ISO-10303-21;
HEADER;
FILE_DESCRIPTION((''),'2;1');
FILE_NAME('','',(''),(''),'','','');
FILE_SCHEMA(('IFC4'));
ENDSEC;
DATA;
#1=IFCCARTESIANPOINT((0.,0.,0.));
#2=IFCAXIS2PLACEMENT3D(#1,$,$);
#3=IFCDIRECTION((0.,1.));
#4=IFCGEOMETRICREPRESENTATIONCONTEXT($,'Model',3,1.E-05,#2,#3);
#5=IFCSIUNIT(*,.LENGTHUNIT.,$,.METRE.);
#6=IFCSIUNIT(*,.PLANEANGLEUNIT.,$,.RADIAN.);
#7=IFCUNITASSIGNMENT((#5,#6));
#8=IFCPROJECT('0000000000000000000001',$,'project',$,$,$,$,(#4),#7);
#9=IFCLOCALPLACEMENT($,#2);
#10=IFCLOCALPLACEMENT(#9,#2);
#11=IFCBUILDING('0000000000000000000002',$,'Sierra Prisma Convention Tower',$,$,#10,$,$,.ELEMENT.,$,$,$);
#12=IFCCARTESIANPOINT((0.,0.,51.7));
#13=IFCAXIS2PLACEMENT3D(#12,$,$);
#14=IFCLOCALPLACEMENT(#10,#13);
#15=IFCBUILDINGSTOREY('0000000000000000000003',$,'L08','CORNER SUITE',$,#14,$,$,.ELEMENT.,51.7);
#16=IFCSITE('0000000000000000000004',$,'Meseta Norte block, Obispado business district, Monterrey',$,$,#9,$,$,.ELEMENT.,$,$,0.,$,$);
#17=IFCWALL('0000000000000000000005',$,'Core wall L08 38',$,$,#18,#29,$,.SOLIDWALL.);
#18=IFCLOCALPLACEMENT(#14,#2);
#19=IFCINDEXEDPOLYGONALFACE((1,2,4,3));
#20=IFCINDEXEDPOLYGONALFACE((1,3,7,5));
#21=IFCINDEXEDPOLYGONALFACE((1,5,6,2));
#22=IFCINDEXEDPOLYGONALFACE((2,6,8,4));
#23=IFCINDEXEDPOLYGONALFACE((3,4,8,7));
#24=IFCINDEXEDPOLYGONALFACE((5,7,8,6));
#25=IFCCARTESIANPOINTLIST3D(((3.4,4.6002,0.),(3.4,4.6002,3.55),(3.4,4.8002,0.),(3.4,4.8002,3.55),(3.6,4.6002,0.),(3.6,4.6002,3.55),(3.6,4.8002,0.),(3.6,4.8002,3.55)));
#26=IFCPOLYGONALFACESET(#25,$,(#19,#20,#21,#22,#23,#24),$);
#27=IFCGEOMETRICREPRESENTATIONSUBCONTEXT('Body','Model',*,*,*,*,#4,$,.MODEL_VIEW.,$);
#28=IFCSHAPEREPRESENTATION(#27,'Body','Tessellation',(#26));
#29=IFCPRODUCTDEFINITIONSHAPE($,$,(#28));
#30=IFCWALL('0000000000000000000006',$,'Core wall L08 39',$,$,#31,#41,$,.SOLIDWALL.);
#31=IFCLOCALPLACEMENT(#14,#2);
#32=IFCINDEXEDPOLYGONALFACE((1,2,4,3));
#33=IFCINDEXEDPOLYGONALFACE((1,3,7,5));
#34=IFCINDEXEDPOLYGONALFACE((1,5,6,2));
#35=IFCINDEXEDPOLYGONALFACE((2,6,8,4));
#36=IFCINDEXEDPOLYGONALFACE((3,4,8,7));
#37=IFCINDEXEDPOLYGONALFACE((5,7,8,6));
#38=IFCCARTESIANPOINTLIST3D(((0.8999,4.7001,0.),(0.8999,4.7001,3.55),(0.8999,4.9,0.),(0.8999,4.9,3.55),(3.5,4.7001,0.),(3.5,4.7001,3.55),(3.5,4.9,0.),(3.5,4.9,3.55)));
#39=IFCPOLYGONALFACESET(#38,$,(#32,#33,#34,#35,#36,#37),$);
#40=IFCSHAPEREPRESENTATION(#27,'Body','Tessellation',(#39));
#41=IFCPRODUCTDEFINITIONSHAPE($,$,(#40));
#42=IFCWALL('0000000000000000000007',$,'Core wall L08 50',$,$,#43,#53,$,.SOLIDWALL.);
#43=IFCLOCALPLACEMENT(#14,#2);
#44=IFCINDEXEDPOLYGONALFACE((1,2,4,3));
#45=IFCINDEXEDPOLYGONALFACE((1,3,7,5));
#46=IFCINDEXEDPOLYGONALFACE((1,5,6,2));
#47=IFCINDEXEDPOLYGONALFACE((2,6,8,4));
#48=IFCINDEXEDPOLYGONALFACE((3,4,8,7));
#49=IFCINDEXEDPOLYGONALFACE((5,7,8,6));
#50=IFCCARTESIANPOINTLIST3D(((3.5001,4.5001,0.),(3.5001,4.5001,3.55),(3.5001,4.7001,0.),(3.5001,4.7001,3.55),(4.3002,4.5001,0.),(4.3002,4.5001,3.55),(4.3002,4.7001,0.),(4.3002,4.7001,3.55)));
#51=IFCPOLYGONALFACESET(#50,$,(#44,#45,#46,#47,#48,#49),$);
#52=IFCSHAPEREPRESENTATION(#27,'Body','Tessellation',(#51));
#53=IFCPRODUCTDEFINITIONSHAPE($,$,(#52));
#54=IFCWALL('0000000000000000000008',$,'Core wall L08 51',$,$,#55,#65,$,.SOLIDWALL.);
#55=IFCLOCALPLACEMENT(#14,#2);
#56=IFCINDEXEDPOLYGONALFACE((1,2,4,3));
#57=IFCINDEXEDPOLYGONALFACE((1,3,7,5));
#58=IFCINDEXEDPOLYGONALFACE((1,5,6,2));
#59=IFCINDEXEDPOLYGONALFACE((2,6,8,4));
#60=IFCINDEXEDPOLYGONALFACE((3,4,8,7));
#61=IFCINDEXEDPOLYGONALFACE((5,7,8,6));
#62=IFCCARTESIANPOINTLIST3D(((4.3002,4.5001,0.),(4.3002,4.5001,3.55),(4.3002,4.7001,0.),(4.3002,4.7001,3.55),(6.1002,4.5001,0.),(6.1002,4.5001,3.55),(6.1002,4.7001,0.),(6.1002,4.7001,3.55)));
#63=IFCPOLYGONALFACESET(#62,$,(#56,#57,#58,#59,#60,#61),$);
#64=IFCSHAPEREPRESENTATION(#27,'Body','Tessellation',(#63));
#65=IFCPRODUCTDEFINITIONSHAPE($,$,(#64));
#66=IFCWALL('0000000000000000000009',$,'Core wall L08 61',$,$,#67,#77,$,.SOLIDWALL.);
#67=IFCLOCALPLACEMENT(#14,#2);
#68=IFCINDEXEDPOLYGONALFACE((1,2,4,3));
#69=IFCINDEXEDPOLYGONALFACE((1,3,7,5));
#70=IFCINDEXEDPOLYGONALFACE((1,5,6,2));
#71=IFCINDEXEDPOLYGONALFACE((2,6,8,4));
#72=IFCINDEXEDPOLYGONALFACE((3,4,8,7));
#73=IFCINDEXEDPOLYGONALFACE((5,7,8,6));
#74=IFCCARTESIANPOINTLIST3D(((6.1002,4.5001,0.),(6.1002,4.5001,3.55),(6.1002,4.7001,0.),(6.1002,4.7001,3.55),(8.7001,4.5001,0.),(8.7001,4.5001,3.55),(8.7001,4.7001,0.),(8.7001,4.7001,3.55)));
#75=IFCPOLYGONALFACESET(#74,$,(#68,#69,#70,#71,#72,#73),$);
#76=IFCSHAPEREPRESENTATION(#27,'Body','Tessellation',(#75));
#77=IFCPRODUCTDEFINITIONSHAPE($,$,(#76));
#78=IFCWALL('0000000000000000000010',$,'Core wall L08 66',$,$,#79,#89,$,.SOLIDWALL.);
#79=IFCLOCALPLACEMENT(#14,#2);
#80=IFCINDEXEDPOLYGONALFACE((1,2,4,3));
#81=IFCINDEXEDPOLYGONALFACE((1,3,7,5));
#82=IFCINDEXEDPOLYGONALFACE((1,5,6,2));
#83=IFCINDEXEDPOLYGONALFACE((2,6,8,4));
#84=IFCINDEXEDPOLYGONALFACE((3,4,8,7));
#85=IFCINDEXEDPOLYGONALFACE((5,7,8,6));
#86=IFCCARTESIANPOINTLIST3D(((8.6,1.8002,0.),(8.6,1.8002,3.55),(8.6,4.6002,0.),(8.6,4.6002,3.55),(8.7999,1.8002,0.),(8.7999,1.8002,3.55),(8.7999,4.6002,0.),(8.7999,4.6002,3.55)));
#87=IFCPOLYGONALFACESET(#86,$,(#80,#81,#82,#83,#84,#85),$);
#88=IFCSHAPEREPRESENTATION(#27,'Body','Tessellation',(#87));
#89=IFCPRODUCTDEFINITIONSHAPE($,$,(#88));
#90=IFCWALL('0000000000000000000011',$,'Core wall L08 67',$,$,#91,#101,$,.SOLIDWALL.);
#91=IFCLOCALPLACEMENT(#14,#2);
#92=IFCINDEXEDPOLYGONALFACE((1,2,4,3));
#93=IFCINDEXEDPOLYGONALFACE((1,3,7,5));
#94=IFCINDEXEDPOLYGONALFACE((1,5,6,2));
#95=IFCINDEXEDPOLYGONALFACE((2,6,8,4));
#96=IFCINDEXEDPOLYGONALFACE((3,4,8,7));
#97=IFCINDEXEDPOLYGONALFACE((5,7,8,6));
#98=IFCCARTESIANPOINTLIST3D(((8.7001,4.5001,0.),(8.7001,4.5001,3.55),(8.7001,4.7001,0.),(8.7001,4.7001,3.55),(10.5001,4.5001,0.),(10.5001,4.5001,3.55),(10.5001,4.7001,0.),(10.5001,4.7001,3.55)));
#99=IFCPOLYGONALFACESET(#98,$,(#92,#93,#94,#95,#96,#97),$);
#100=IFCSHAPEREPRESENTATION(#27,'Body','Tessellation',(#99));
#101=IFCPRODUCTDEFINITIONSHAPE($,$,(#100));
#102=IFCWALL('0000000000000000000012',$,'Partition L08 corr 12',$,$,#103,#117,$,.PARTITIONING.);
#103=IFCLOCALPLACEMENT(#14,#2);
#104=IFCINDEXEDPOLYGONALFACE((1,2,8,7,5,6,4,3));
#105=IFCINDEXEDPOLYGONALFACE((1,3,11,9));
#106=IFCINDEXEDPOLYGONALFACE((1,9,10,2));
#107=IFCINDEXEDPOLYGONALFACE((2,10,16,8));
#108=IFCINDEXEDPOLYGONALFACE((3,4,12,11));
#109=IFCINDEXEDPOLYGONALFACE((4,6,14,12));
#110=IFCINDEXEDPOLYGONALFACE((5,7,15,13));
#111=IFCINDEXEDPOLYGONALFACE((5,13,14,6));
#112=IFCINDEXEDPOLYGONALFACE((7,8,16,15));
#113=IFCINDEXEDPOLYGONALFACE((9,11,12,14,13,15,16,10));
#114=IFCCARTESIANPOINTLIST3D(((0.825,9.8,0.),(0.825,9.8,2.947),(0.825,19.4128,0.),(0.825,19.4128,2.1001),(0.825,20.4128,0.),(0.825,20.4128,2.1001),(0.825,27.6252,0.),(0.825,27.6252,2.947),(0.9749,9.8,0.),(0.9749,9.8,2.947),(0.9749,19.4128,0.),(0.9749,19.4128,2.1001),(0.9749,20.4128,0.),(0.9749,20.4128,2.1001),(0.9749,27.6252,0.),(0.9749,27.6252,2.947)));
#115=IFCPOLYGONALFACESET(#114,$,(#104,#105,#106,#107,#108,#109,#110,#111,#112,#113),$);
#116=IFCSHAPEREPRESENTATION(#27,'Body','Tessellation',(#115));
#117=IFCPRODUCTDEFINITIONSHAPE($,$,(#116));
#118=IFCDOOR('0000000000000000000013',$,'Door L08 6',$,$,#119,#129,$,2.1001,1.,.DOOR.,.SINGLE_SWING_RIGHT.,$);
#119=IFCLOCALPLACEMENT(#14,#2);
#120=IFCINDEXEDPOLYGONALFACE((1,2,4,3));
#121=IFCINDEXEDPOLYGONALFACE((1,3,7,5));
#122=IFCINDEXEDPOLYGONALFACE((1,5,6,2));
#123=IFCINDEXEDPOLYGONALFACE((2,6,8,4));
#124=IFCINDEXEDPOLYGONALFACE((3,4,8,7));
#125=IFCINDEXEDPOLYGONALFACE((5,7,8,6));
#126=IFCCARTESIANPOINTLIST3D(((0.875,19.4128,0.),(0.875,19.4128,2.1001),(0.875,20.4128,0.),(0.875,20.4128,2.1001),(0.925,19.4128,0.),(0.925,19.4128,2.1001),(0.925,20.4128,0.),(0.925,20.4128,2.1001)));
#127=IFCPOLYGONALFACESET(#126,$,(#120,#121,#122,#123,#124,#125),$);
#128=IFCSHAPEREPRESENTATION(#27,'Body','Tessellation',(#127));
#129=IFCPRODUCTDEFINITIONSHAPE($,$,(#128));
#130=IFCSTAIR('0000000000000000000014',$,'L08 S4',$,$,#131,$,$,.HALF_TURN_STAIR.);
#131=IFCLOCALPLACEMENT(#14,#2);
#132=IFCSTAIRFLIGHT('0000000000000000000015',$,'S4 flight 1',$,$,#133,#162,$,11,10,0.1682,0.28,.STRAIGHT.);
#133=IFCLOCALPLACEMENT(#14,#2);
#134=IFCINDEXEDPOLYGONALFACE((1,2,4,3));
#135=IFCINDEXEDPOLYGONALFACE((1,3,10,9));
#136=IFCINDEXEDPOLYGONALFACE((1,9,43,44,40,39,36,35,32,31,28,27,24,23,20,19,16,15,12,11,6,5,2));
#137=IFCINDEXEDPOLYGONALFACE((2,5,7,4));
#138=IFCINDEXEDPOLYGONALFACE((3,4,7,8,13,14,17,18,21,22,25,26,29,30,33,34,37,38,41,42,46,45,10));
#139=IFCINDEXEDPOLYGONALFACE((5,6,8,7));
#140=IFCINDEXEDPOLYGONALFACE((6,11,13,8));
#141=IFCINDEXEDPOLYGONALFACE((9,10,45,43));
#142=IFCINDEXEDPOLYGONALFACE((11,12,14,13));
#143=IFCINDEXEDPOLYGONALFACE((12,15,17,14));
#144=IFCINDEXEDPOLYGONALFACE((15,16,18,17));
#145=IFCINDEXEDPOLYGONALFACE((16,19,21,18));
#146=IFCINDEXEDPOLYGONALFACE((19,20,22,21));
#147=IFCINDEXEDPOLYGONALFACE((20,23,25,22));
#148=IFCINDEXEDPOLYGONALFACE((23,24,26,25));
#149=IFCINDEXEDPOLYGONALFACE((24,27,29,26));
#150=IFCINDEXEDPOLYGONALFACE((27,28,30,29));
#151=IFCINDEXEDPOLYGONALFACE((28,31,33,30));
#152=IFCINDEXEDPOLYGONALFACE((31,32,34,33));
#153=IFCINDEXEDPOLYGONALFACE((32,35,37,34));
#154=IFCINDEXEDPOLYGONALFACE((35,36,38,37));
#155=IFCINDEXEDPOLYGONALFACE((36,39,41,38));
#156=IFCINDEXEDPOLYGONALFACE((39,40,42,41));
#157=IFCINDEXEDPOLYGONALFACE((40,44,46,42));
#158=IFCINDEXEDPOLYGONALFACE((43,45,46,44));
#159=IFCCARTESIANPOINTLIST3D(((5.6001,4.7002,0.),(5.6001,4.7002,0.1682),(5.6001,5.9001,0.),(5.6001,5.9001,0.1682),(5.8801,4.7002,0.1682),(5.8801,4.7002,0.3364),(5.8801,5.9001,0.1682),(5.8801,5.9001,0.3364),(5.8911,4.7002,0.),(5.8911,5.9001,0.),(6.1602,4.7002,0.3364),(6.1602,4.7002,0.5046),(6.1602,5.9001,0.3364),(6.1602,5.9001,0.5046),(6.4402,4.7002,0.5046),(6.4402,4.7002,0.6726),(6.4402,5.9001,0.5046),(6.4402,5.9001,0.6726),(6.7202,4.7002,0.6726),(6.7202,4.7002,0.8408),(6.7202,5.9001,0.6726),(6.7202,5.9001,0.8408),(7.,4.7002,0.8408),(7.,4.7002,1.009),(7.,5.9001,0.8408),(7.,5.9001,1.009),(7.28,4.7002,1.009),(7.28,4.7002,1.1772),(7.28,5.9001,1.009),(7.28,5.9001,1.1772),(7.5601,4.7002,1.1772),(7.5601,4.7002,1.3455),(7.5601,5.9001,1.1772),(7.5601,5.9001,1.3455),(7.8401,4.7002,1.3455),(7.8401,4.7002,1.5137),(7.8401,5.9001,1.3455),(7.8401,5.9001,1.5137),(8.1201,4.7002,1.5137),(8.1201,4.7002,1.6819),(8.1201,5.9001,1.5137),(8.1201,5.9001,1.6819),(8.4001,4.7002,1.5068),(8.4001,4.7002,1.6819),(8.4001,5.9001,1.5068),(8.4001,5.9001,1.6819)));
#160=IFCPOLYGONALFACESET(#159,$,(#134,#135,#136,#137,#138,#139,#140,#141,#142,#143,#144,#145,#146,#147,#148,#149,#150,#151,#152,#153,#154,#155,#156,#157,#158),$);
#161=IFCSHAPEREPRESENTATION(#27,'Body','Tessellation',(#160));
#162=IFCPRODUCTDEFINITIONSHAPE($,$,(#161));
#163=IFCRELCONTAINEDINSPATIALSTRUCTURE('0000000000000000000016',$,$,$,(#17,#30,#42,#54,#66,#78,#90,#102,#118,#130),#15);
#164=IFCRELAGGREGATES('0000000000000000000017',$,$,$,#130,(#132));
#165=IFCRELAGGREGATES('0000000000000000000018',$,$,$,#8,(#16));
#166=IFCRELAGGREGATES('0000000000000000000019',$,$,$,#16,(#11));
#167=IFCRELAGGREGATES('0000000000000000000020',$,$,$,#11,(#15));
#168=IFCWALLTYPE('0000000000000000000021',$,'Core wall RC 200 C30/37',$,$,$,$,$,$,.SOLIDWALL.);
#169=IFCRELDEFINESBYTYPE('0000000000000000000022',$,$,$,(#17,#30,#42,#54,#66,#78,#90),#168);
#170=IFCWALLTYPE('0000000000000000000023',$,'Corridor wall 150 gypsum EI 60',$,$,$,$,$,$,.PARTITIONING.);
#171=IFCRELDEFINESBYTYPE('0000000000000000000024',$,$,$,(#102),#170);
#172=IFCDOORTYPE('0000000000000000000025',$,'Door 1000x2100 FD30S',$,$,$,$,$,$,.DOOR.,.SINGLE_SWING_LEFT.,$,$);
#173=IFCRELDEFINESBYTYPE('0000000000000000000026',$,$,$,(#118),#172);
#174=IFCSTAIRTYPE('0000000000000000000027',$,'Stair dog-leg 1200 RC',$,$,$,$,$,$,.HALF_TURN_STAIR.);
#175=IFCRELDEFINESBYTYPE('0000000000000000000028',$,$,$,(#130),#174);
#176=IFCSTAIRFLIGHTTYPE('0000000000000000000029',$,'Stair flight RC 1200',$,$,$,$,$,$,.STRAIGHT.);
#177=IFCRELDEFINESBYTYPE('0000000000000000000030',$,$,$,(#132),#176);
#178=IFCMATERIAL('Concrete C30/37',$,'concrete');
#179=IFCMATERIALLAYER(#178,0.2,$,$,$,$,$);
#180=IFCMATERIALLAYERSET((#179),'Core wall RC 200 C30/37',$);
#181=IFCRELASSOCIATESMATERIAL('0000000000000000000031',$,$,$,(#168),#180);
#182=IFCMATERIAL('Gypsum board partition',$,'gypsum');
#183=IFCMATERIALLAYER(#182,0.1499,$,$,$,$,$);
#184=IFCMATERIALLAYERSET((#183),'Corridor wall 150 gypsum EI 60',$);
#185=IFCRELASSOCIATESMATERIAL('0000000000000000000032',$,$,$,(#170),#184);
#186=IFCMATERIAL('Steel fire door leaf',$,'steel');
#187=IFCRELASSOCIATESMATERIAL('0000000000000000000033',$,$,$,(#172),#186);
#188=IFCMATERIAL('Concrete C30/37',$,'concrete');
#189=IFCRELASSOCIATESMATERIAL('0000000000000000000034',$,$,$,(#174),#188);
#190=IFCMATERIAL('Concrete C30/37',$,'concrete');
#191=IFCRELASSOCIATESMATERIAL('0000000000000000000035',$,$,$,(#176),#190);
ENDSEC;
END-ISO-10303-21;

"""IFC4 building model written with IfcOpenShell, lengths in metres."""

from ifc_helpers import new_model, si_unit, direction, frame, frame_2d, origin, place, context, subcontext, project, spatial, polyline, rectangle, outline, extrude, material, layer, layer_set, type_object, element, fill, aggregate, save


model = new_model("IFC4")

# Units and contexts
model_context = context("Model", 3, precision=1e-05, world=origin(), true_north=direction((0.0, 1.0)))
body_context = subcontext(model_context, "Body", "Model", "MODEL_VIEW")
ifc_project = project(units=[si_unit("LENGTHUNIT", "METRE"), si_unit("PLANEANGLEUNIT", "RADIAN")], contexts=[model_context])

# Site, building, storey
site_placement = place(None, origin())
site = spatial("IfcSite", under=ifc_project, at=site_placement, Name="Meseta Norte block, Obispado business district, Monterrey", CompositionType="ELEMENT", RefElevation=0.0)
building_placement = place(site_placement, origin())
building = spatial("IfcBuilding", under=site, at=building_placement, Name="Sierra Prisma Convention Tower", CompositionType="ELEMENT")
storey_placement = place(building_placement, frame((0.0, 0.0, 51.7)))
storey = spatial("IfcBuildingStorey", under=building, at=storey_placement, Name="L08", Description="CORNER SUITE", CompositionType="ELEMENT", Elevation=51.7)

# Walls
ifc_material_1 = material(Name="Concrete C30/37", Category="concrete")
ifc_layer_1 = layer(ifc_material_1, 0.2)
ifc_layer_set_1 = layer_set([ifc_layer_1], Name="Core wall RC 200 C30/37")
wall_type_1 = type_object("IfcWallType", Name="Core wall RC 200 C30/37", PredefinedType="SOLIDWALL", material=ifc_layer_set_1)
wall_1_placement = place(storey_placement, frame((3.5, 4.6001, 0.0), z_axis=(0.0, 0.0, 1.0), x_axis=(0.0, 1.0, 0.0)))
element("IfcWall", 1, at=wall_1_placement, inside=storey, type_object=wall_type_1, Name="Core wall L08 38", PredefinedType="SOLIDWALL", context=body_context, shape_type="SweptSolid", body=[
    extrude(rectangle(XDim=0.2, YDim=0.2, at=frame_2d((0.1001, 0.0))), origin(), (0.0, 0.0, 1.0), 3.55),
])
wall_2_placement = place(storey_placement, frame((3.5, 4.8, 0.0), z_axis=(0.0, 0.0, 1.0), x_axis=(-1.0, 0.0, 0.0)))
element("IfcWall", 2, at=wall_2_placement, inside=storey, type_object=wall_type_1, Name="Core wall L08 39", PredefinedType="SOLIDWALL", context=body_context, shape_type="SweptSolid", body=[
    extrude(rectangle(XDim=2.6001, YDim=0.2, at=frame_2d((1.3, 0.0))), origin(), (0.0, 0.0, 1.0), 3.55),
])

# Walls
wall_3_placement = place(storey_placement, frame((4.3, 4.6001, 0.0), z_axis=(0.0, 0.0, 1.0), x_axis=(-1.0, 0.0, 0.0)))
element("IfcWall", 3, at=wall_3_placement, inside=storey, type_object=wall_type_1, Name="Core wall L08 50", PredefinedType="SOLIDWALL", context=body_context, shape_type="SweptSolid", body=[
    extrude(rectangle(XDim=0.8, YDim=0.2, at=frame_2d((0.3999, 0.0))), origin(), (0.0, 0.0, 1.0), 3.55),
])
wall_4_placement = place(storey_placement, frame((6.1001, 4.6001, 0.0), z_axis=(0.0, 0.0, 1.0), x_axis=(-1.0, 0.0, 0.0)))
element("IfcWall", 4, at=wall_4_placement, inside=storey, type_object=wall_type_1, Name="Core wall L08 51", PredefinedType="SOLIDWALL", context=body_context, shape_type="SweptSolid", body=[
    extrude(rectangle(XDim=1.8, YDim=0.2, at=frame_2d((0.8999, 0.0))), origin(), (0.0, 0.0, 1.0), 3.55),
])

# Walls
wall_5_placement = place(storey_placement, frame((8.7, 4.6001, 0.0), z_axis=(0.0, 0.0, 1.0), x_axis=(-1.0, 0.0, 0.0)))
element("IfcWall", 5, at=wall_5_placement, inside=storey, type_object=wall_type_1, Name="Core wall L08 61", PredefinedType="SOLIDWALL", context=body_context, shape_type="SweptSolid", body=[
    extrude(rectangle(XDim=2.5999, YDim=0.2, at=frame_2d((1.2998, 0.0))), origin(), (0.0, 0.0, 1.0), 3.55),
])
wall_6_placement = place(storey_placement, frame((8.7, 4.6001, 0.0), z_axis=(0.0, 0.0, 1.0), x_axis=(0.0, -1.0, 0.0)))
element("IfcWall", 6, at=wall_6_placement, inside=storey, type_object=wall_type_1, Name="Core wall L08 66", PredefinedType="SOLIDWALL", context=body_context, shape_type="SweptSolid", body=[
    extrude(rectangle(XDim=2.8, YDim=0.2, at=frame_2d((1.3999, 0.0))), origin(), (0.0, 0.0, 1.0), 3.55),
])
wall_7_placement = place(storey_placement, frame((10.5, 4.6001, 0.0), z_axis=(0.0, 0.0, 1.0), x_axis=(-1.0, 0.0, 0.0)))
element("IfcWall", 7, at=wall_7_placement, inside=storey, type_object=wall_type_1, Name="Core wall L08 67", PredefinedType="SOLIDWALL", context=body_context, shape_type="SweptSolid", body=[
    extrude(rectangle(XDim=1.8, YDim=0.2, at=frame_2d((0.8999, 0.0))), origin(), (0.0, 0.0, 1.0), 3.55),
])
ifc_material_2 = material(Name="Gypsum board partition", Category="gypsum")
ifc_layer_2 = layer(ifc_material_2, 0.1499)
ifc_layer_set_2 = layer_set([ifc_layer_2], Name="Corridor wall 150 gypsum EI 60")
wall_type_2 = type_object("IfcWallType", Name="Corridor wall 150 gypsum EI 60", PredefinedType="PARTITIONING", material=ifc_layer_set_2)

# Wall, opening, door
wall_8_placement = place(storey_placement, frame((0.8999, 9.8, 0.0), z_axis=(0.0, 0.0, 1.0), x_axis=(0.0, 1.0, 0.0)))
wall_8 = element("IfcWall", 8, at=wall_8_placement, inside=storey, type_object=wall_type_2, Name="Partition L08 corr 12", PredefinedType="PARTITIONING", context=body_context, shape_type="SweptSolid", body=[
    extrude(rectangle(XDim=17.8252, YDim=0.1499, at=frame_2d((8.9126, 0.0))), origin(), (0.0, 0.0, 1.0), 2.947),
])
opening_1_placement = place(wall_8_placement, frame((9.6128, 0.0, 0.0)))
opening_1 = element("IfcOpeningElement", 9, at=opening_1_placement, cuts=wall_8, PredefinedType="OPENING", context=body_context, shape_type="SweptSolid", body=[
    extrude(rectangle(XDim=1.0, YDim=2.1001, at=frame_2d((0.5, 1.05))), frame((0.0, 0.075, 0.0), z_axis=(0.0, -1.0, 0.0), x_axis=(1.0, 0.0, 0.0)), (0.0, 0.0, 1.0), 0.1499),
])
ifc_material_3 = material(Name="Steel fire door leaf", Category="steel")
door_type_1 = type_object("IfcDoorType", Name="Door 1000x2100 FD30S", OperationType="SINGLE_SWING_LEFT", PredefinedType="DOOR", material=ifc_material_3)
door_1_placement = place(opening_1_placement, origin())
door_1 = element("IfcDoor", 10, at=door_1_placement, inside=storey, type_object=door_type_1, Name="Door L08 6", OperationType="SINGLE_SWING_RIGHT", OverallHeight=2.1001, OverallWidth=1.0, PredefinedType="DOOR", context=body_context, shape_type="SweptSolid", body=[
    extrude(rectangle(XDim=1.0, YDim=2.1001, at=frame_2d((0.5, 1.05))), frame((0.0, 0.0249, 0.0), z_axis=(0.0, -1.0, 0.0), x_axis=(1.0, 0.0, 0.0)), (0.0, 0.0, 1.0), 0.05),
])
fill(opening_1, door_1)

# Stair, stair flight
ifc_material_4 = material(Name="Concrete C30/37", Category="concrete")
stair_type = type_object("IfcStairType", Name="Stair dog-leg 1200 RC", PredefinedType="HALF_TURN_STAIR", material=ifc_material_4)
stair_placement = place(storey_placement, origin())
stair = element("IfcStair", 11, at=stair_placement, inside=storey, type_object=stair_type, Name="L08 S4", PredefinedType="HALF_TURN_STAIR")
ifc_material_5 = material(Name="Concrete C30/37", Category="concrete")
stair_flight_type = type_object("IfcStairFlightType", Name="Stair flight RC 1200", PredefinedType="STRAIGHT", material=ifc_material_5)
stair_flight_1_placement = place(storey_placement, frame((5.6001, 5.3, 0.0), z_axis=(0.0, 0.0, 1.0), x_axis=(1.0, 0.0, 0.0)))
stair_flight_1 = element("IfcStairFlight", 12, at=stair_flight_1_placement, type_object=stair_flight_type, Name="S4 flight 1", NumberOfRisers=11, NumberOfTreads=10, PredefinedType="STRAIGHT", RiserHeight=0.1682, TreadLength=0.28, context=body_context, shape_type="SweptSolid", body=[
    extrude(outline(polyline([(0.0, 0.0), (0.0, 0.1682), (0.28, 0.1682), (0.28, 0.3364), (0.5601, 0.3364), (0.5601, 0.5046), (0.8401, 0.5046), (0.8401, 0.6726), (1.1201, 0.6726), (1.1201, 0.8408), (1.3999, 0.8408), (1.3999, 1.009), (1.6799, 1.009), (1.6799, 1.1772), (1.96, 1.1772), (1.96, 1.3455), (2.24, 1.3455), (2.24, 1.5137), (2.52, 1.5137), (2.52, 1.6819), (2.8, 1.6819), (2.8, 1.8501), (2.8, 1.5068), (0.291, 0.0), (0.0, 0.0)])), frame((0.0, 0.6001, 0.0), z_axis=(0.0, -1.0, 0.0), x_axis=(1.0, 0.0, 0.0)), (0.0, 0.0, 1.0), 1.2),
])
aggregate(stair, [stair_flight_1])

save(model, "model.ifc")
